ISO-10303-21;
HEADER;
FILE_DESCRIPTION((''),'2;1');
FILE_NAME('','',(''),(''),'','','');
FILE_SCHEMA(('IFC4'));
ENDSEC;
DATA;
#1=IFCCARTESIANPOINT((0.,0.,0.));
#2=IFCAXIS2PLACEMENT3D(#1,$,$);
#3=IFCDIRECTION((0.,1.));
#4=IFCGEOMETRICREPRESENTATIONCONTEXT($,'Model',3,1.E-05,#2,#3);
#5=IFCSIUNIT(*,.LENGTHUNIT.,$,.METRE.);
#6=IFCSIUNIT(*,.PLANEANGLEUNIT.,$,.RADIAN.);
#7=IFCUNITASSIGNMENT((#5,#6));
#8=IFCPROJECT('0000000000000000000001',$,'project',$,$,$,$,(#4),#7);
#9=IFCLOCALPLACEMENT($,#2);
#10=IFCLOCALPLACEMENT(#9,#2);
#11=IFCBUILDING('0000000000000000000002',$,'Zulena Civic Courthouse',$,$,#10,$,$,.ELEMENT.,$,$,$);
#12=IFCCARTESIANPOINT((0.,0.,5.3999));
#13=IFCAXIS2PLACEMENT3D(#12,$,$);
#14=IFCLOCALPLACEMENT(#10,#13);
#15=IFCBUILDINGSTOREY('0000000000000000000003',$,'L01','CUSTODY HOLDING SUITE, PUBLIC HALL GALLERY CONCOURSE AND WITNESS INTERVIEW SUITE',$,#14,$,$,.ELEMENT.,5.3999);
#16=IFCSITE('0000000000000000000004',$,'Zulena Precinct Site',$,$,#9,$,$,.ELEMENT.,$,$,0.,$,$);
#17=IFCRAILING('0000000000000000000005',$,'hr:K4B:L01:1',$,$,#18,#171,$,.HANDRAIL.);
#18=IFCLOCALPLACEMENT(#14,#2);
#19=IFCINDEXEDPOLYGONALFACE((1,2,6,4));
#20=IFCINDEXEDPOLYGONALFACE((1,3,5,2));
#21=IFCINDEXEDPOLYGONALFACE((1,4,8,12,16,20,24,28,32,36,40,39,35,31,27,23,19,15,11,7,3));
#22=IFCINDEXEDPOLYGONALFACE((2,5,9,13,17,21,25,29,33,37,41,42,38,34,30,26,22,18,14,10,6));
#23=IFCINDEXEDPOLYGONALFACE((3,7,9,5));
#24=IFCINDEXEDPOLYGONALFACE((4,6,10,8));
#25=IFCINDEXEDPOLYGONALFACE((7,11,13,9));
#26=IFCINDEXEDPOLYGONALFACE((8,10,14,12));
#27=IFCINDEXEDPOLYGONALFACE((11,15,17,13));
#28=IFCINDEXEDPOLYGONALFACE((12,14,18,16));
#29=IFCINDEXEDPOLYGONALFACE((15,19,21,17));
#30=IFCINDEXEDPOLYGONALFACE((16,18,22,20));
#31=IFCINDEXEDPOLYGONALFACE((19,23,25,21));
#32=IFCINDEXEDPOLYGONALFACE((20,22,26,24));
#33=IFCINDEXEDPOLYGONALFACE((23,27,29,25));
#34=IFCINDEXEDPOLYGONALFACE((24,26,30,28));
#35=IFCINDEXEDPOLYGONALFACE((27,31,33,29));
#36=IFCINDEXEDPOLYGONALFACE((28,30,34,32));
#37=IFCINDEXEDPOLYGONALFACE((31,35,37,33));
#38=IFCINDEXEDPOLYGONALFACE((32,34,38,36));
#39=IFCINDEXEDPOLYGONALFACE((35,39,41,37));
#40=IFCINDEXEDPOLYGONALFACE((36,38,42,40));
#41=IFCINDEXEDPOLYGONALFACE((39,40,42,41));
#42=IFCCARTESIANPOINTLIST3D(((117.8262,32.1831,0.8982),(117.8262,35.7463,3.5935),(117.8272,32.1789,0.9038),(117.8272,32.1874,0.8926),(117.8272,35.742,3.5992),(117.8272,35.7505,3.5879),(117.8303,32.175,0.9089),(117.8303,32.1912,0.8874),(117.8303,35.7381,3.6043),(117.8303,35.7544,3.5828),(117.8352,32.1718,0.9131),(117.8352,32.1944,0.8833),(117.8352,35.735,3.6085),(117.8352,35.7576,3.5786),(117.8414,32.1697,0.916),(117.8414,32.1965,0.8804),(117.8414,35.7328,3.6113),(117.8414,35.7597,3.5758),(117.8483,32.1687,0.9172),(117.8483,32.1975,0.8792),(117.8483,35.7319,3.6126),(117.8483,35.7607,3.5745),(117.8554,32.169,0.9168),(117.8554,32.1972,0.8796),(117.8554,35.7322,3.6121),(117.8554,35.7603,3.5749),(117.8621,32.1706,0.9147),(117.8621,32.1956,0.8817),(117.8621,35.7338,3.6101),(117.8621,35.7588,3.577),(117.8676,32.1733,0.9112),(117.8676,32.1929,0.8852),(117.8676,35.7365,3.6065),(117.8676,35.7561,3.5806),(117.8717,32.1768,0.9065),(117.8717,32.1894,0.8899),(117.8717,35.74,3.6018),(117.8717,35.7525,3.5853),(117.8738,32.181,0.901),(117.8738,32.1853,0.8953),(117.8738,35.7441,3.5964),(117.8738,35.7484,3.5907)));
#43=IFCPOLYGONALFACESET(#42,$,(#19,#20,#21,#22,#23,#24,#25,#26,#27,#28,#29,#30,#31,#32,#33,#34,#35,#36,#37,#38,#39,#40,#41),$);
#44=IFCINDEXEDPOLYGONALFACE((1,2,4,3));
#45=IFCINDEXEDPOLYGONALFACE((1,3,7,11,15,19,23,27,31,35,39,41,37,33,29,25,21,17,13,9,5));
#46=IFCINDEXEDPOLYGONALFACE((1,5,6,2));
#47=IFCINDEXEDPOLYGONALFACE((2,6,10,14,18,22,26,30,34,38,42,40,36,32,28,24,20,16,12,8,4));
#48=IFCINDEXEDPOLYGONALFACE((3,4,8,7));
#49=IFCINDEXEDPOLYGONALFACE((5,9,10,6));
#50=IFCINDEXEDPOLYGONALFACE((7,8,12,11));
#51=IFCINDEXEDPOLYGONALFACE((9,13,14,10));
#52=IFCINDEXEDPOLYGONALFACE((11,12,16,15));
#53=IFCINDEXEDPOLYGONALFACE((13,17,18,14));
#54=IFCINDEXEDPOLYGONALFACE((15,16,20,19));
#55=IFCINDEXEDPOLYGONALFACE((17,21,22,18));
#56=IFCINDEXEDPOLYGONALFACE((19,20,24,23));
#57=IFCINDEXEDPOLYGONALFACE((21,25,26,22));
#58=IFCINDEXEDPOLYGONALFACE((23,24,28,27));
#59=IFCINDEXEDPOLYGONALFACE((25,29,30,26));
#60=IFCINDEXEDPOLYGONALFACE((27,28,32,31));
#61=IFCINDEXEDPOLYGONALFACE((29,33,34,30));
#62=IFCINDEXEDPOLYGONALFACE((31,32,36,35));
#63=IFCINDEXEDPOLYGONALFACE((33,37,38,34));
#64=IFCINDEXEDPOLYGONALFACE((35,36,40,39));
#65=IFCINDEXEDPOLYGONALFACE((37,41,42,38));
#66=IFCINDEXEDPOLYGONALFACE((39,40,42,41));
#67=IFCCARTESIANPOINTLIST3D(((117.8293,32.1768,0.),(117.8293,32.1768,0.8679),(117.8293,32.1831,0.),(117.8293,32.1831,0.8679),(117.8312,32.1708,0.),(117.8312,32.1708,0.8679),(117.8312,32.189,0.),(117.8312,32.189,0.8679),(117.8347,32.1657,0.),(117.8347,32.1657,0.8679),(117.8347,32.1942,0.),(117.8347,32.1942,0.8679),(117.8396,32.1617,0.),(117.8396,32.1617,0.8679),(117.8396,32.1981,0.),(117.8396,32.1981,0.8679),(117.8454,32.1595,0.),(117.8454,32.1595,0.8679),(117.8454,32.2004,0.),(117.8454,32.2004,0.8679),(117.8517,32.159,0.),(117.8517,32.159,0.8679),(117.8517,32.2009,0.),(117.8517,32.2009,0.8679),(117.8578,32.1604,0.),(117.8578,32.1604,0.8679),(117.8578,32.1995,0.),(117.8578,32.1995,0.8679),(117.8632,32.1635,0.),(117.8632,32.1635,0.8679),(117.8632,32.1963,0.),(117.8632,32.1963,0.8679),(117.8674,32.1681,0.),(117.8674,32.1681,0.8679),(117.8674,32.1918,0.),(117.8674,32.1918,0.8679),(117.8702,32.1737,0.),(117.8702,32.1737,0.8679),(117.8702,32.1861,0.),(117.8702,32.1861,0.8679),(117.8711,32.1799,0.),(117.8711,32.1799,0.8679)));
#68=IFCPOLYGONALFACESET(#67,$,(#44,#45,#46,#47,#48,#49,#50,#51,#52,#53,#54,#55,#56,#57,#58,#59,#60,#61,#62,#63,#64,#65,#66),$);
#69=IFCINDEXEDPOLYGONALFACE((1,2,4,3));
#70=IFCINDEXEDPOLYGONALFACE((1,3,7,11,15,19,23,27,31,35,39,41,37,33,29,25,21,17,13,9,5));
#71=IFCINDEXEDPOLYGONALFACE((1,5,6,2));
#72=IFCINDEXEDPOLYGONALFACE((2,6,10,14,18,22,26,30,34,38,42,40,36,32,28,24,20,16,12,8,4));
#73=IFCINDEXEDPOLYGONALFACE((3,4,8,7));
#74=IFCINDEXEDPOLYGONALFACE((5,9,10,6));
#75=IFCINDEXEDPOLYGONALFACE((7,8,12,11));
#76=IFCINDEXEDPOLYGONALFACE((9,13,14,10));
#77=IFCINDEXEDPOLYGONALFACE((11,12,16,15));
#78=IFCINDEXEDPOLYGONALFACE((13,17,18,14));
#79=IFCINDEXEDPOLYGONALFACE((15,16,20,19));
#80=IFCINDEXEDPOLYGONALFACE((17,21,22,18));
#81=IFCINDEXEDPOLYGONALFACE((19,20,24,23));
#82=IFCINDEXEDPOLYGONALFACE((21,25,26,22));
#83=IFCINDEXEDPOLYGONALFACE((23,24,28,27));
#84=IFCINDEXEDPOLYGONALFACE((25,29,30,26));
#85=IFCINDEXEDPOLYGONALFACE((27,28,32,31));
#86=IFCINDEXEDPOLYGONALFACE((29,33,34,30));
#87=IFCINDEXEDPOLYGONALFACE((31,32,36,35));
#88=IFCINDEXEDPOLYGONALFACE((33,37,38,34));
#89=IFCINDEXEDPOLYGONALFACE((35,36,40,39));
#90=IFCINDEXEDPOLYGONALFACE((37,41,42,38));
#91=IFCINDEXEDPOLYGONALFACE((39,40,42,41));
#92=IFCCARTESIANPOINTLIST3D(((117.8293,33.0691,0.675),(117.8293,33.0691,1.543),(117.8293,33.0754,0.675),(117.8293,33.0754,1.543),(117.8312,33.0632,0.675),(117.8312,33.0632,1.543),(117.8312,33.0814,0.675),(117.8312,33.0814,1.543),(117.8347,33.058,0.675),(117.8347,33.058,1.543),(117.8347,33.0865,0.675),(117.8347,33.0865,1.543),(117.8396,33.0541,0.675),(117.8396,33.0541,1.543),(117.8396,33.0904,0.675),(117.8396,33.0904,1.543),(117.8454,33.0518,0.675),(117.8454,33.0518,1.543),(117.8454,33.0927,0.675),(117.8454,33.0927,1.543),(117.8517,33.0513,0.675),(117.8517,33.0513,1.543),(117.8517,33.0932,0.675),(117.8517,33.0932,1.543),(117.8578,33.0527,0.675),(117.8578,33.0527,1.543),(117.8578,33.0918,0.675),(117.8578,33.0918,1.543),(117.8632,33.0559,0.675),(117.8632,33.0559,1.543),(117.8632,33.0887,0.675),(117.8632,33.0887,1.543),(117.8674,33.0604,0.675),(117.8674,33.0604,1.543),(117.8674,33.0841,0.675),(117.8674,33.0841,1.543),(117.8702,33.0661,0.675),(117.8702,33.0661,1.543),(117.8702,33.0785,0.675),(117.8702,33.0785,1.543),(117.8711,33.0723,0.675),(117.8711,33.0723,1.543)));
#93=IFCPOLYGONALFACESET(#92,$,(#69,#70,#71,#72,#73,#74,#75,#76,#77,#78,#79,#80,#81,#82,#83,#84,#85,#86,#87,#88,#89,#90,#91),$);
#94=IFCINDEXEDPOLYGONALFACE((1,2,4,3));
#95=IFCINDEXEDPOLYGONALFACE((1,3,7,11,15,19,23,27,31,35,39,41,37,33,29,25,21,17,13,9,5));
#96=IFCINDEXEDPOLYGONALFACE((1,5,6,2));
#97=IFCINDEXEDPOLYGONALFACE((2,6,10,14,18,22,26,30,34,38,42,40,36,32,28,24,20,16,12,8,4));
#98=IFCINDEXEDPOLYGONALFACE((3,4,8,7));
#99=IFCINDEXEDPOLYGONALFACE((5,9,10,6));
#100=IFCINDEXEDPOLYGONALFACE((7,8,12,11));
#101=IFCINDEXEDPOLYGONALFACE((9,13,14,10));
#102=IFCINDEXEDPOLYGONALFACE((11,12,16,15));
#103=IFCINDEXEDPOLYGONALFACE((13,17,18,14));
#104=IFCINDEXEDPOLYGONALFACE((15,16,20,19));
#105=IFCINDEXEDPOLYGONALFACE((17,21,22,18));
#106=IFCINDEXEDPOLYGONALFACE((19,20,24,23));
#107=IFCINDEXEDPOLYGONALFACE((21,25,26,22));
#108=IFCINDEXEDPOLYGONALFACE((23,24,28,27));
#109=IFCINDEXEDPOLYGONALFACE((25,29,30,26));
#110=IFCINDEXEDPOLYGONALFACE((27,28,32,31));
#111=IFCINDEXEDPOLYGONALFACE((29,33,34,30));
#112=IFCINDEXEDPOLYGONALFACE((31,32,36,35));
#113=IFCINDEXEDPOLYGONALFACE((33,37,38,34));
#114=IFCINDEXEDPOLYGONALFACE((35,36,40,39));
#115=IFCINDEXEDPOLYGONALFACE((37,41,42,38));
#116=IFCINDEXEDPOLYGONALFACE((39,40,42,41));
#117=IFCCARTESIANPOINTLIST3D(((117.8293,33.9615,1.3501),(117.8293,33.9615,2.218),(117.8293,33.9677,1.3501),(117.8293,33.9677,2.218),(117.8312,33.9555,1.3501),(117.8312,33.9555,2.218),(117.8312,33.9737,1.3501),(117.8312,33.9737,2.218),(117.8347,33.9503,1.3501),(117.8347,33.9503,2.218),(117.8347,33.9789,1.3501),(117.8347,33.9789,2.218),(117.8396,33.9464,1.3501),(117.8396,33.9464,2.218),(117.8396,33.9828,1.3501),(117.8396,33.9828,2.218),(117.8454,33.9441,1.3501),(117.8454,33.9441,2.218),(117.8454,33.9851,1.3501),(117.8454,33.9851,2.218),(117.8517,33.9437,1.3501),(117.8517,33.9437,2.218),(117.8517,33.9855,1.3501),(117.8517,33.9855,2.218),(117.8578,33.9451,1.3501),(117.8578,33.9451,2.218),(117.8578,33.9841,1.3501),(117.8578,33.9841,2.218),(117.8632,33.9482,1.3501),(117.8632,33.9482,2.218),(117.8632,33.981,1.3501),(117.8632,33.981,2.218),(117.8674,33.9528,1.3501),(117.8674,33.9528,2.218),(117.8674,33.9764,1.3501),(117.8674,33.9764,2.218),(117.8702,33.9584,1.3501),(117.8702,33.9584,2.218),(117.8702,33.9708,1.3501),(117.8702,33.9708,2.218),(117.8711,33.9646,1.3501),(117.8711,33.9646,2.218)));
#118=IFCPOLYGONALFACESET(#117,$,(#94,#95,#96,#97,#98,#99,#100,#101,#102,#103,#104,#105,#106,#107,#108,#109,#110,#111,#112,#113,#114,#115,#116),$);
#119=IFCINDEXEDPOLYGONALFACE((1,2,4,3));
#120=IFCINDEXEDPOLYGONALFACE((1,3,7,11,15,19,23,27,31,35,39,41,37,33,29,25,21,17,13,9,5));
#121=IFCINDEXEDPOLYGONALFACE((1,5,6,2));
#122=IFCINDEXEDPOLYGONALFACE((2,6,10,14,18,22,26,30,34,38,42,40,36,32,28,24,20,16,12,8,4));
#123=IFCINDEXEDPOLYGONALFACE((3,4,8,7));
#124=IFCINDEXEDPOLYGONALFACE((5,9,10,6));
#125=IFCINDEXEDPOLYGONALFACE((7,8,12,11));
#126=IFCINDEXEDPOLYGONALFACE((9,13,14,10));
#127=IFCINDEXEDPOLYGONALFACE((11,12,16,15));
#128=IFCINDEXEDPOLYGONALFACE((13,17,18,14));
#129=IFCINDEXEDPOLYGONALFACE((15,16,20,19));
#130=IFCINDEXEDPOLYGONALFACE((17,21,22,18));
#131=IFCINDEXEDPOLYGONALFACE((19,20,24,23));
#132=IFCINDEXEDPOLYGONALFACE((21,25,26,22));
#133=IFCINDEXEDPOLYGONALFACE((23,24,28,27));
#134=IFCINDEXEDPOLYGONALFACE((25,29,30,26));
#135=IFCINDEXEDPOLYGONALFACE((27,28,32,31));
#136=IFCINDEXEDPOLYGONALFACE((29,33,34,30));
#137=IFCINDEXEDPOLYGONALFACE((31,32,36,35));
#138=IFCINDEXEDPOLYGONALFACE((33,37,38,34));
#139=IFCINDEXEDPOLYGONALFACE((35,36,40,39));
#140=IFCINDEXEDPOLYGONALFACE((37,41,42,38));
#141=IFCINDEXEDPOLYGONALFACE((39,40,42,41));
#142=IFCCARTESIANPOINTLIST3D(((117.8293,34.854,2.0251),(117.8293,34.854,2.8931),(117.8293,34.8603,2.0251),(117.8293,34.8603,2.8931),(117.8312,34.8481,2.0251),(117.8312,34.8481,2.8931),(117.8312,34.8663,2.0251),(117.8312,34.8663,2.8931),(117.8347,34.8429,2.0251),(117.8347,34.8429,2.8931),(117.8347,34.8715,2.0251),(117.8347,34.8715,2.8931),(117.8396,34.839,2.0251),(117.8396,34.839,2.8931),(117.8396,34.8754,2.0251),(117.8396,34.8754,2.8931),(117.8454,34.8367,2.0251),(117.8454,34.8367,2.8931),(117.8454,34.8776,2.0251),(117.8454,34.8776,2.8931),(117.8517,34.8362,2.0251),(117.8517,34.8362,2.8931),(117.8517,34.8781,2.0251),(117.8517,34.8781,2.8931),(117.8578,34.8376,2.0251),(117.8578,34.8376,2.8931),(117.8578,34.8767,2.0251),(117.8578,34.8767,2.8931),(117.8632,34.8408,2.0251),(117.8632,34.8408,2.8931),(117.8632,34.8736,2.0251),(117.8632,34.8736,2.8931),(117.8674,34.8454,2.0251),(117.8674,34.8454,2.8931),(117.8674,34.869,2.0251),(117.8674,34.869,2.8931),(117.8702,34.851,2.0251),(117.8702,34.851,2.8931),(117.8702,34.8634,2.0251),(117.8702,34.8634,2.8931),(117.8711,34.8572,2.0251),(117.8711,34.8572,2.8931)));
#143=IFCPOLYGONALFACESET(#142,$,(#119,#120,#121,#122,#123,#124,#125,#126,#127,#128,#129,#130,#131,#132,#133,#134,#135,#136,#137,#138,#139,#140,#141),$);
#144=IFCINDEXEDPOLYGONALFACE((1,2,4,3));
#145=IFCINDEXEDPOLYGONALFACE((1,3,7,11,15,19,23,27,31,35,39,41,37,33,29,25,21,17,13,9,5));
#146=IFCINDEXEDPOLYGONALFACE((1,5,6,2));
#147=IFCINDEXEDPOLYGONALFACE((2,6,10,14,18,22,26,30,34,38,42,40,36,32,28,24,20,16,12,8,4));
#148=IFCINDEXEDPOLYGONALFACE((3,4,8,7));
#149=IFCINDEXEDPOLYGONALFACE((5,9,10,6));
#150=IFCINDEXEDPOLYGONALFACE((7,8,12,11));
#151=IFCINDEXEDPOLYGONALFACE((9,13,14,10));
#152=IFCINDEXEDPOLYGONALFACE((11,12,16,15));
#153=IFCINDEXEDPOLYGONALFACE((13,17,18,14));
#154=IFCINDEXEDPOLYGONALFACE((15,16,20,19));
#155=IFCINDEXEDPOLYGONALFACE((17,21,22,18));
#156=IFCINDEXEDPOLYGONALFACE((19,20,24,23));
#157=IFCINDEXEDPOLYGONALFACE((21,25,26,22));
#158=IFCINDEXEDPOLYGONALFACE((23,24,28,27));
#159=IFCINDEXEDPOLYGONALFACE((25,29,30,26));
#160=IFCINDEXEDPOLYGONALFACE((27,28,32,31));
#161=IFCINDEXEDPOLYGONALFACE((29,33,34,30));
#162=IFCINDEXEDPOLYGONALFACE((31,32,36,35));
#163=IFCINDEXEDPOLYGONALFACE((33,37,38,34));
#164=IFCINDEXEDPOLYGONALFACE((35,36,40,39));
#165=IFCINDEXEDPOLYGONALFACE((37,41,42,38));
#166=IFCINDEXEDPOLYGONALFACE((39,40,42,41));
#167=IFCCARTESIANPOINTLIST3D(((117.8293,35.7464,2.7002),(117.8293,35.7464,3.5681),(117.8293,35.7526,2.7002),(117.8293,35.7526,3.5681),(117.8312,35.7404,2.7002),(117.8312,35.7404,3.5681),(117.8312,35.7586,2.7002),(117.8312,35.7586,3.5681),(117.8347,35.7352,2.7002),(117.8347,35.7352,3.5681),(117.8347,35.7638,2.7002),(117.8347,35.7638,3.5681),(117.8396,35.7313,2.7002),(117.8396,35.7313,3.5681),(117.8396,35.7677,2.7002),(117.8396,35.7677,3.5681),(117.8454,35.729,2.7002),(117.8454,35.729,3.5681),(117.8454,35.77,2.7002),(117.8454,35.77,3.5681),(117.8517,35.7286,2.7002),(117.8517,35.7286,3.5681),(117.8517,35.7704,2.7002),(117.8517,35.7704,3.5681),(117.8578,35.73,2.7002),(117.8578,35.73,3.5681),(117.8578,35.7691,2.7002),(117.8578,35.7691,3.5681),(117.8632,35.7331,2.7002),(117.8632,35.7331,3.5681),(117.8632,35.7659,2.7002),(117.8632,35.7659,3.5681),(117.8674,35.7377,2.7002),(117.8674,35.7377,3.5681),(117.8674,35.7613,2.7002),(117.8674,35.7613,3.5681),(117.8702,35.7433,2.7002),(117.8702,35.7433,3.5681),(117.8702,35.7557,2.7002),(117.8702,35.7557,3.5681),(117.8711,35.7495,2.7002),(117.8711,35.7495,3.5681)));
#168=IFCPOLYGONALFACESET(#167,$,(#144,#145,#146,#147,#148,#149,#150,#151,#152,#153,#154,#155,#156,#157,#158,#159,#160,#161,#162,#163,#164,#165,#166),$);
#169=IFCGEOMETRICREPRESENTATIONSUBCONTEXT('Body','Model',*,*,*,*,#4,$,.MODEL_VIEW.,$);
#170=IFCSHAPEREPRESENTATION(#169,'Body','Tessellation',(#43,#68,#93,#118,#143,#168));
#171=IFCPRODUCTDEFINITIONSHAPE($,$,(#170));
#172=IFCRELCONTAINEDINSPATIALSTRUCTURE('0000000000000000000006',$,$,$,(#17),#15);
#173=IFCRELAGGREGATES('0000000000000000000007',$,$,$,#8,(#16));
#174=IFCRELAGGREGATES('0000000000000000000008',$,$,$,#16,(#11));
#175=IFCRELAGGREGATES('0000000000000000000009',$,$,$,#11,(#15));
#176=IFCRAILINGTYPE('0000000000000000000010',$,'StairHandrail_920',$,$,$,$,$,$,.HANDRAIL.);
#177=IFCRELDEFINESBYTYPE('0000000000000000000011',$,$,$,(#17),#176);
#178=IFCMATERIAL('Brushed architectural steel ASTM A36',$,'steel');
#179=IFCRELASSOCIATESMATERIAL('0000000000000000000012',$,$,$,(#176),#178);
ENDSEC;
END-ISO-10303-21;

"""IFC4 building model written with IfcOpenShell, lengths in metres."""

from ifc_helpers import new_model, si_unit, direction, frame, origin, origin_2d, place, context, subcontext, project, spatial, circle, extrude, material, type_object, element, save


model = new_model("IFC4")

# Units and contexts
model_context = context("Model", 3, precision=1e-05, world=origin(), true_north=direction((0.0, 1.0)))
body_context = subcontext(model_context, "Body", "Model", "MODEL_VIEW")
ifc_project = project(units=[si_unit("LENGTHUNIT", "METRE"), si_unit("PLANEANGLEUNIT", "RADIAN")], contexts=[model_context])

# Site, building, storey
site_placement = place(None, origin())
site = spatial("IfcSite", under=ifc_project, at=site_placement, Name="Zulena Precinct Site", CompositionType="ELEMENT", RefElevation=0.0)
building_placement = place(site_placement, origin())
building = spatial("IfcBuilding", under=site, at=building_placement, Name="Zulena Civic Courthouse", CompositionType="ELEMENT")
storey_placement = place(building_placement, frame((0.0, 0.0, 5.3999)))
storey = spatial("IfcBuildingStorey", under=building, at=storey_placement, Name="L01", Description="CUSTODY HOLDING SUITE, PUBLIC HALL GALLERY CONCOURSE AND WITNESS INTERVIEW SUITE", CompositionType="ELEMENT", Elevation=5.3999)

# Railing
ifc_material_1 = material(Name="Brushed architectural steel ASTM A36", Category="steel")
railing_type_1 = type_object("IfcRailingType", Name="StairHandrail_920", PredefinedType="HANDRAIL", material=ifc_material_1)
railing_1_placement = place(storey_placement, frame((117.8501, 32.1799, 0.0)))
element("IfcRailing", 1, at=railing_1_placement, inside=storey, type_object=railing_type_1, Name="hr:K4B:L01:1", PredefinedType="HANDRAIL", context=body_context, shape_type="SweptSolid", body=[
    extrude(circle(Radius=0.0239, at=origin_2d()), frame((0.0, 0.0032, 0.8982), z_axis=(0.0, 0.797526, 0.603285), x_axis=(-1.0, 0.0, 0.0)), (0.0, 0.0, 1.0), 4.4678),
    extrude(circle(Radius=0.021, at=origin_2d()), origin(), (0.0, 0.0, 1.0), 0.8679),
    extrude(circle(Radius=0.021, at=origin_2d()), frame((0.0, 0.8923, 0.675)), (0.0, 0.0, 1.0), 0.8679),
    extrude(circle(Radius=0.021, at=origin_2d()), frame((0.0, 1.7847, 1.3501)), (0.0, 0.0, 1.0), 0.8679),
    extrude(circle(Radius=0.021, at=origin_2d()), frame((0.0, 2.6772, 2.0251)), (0.0, 0.0, 1.0), 0.8679),
    extrude(circle(Radius=0.021, at=origin_2d()), frame((0.0, 3.5696, 2.7002)), (0.0, 0.0, 1.0), 0.8679),
])

save(model, "model.ifc")
